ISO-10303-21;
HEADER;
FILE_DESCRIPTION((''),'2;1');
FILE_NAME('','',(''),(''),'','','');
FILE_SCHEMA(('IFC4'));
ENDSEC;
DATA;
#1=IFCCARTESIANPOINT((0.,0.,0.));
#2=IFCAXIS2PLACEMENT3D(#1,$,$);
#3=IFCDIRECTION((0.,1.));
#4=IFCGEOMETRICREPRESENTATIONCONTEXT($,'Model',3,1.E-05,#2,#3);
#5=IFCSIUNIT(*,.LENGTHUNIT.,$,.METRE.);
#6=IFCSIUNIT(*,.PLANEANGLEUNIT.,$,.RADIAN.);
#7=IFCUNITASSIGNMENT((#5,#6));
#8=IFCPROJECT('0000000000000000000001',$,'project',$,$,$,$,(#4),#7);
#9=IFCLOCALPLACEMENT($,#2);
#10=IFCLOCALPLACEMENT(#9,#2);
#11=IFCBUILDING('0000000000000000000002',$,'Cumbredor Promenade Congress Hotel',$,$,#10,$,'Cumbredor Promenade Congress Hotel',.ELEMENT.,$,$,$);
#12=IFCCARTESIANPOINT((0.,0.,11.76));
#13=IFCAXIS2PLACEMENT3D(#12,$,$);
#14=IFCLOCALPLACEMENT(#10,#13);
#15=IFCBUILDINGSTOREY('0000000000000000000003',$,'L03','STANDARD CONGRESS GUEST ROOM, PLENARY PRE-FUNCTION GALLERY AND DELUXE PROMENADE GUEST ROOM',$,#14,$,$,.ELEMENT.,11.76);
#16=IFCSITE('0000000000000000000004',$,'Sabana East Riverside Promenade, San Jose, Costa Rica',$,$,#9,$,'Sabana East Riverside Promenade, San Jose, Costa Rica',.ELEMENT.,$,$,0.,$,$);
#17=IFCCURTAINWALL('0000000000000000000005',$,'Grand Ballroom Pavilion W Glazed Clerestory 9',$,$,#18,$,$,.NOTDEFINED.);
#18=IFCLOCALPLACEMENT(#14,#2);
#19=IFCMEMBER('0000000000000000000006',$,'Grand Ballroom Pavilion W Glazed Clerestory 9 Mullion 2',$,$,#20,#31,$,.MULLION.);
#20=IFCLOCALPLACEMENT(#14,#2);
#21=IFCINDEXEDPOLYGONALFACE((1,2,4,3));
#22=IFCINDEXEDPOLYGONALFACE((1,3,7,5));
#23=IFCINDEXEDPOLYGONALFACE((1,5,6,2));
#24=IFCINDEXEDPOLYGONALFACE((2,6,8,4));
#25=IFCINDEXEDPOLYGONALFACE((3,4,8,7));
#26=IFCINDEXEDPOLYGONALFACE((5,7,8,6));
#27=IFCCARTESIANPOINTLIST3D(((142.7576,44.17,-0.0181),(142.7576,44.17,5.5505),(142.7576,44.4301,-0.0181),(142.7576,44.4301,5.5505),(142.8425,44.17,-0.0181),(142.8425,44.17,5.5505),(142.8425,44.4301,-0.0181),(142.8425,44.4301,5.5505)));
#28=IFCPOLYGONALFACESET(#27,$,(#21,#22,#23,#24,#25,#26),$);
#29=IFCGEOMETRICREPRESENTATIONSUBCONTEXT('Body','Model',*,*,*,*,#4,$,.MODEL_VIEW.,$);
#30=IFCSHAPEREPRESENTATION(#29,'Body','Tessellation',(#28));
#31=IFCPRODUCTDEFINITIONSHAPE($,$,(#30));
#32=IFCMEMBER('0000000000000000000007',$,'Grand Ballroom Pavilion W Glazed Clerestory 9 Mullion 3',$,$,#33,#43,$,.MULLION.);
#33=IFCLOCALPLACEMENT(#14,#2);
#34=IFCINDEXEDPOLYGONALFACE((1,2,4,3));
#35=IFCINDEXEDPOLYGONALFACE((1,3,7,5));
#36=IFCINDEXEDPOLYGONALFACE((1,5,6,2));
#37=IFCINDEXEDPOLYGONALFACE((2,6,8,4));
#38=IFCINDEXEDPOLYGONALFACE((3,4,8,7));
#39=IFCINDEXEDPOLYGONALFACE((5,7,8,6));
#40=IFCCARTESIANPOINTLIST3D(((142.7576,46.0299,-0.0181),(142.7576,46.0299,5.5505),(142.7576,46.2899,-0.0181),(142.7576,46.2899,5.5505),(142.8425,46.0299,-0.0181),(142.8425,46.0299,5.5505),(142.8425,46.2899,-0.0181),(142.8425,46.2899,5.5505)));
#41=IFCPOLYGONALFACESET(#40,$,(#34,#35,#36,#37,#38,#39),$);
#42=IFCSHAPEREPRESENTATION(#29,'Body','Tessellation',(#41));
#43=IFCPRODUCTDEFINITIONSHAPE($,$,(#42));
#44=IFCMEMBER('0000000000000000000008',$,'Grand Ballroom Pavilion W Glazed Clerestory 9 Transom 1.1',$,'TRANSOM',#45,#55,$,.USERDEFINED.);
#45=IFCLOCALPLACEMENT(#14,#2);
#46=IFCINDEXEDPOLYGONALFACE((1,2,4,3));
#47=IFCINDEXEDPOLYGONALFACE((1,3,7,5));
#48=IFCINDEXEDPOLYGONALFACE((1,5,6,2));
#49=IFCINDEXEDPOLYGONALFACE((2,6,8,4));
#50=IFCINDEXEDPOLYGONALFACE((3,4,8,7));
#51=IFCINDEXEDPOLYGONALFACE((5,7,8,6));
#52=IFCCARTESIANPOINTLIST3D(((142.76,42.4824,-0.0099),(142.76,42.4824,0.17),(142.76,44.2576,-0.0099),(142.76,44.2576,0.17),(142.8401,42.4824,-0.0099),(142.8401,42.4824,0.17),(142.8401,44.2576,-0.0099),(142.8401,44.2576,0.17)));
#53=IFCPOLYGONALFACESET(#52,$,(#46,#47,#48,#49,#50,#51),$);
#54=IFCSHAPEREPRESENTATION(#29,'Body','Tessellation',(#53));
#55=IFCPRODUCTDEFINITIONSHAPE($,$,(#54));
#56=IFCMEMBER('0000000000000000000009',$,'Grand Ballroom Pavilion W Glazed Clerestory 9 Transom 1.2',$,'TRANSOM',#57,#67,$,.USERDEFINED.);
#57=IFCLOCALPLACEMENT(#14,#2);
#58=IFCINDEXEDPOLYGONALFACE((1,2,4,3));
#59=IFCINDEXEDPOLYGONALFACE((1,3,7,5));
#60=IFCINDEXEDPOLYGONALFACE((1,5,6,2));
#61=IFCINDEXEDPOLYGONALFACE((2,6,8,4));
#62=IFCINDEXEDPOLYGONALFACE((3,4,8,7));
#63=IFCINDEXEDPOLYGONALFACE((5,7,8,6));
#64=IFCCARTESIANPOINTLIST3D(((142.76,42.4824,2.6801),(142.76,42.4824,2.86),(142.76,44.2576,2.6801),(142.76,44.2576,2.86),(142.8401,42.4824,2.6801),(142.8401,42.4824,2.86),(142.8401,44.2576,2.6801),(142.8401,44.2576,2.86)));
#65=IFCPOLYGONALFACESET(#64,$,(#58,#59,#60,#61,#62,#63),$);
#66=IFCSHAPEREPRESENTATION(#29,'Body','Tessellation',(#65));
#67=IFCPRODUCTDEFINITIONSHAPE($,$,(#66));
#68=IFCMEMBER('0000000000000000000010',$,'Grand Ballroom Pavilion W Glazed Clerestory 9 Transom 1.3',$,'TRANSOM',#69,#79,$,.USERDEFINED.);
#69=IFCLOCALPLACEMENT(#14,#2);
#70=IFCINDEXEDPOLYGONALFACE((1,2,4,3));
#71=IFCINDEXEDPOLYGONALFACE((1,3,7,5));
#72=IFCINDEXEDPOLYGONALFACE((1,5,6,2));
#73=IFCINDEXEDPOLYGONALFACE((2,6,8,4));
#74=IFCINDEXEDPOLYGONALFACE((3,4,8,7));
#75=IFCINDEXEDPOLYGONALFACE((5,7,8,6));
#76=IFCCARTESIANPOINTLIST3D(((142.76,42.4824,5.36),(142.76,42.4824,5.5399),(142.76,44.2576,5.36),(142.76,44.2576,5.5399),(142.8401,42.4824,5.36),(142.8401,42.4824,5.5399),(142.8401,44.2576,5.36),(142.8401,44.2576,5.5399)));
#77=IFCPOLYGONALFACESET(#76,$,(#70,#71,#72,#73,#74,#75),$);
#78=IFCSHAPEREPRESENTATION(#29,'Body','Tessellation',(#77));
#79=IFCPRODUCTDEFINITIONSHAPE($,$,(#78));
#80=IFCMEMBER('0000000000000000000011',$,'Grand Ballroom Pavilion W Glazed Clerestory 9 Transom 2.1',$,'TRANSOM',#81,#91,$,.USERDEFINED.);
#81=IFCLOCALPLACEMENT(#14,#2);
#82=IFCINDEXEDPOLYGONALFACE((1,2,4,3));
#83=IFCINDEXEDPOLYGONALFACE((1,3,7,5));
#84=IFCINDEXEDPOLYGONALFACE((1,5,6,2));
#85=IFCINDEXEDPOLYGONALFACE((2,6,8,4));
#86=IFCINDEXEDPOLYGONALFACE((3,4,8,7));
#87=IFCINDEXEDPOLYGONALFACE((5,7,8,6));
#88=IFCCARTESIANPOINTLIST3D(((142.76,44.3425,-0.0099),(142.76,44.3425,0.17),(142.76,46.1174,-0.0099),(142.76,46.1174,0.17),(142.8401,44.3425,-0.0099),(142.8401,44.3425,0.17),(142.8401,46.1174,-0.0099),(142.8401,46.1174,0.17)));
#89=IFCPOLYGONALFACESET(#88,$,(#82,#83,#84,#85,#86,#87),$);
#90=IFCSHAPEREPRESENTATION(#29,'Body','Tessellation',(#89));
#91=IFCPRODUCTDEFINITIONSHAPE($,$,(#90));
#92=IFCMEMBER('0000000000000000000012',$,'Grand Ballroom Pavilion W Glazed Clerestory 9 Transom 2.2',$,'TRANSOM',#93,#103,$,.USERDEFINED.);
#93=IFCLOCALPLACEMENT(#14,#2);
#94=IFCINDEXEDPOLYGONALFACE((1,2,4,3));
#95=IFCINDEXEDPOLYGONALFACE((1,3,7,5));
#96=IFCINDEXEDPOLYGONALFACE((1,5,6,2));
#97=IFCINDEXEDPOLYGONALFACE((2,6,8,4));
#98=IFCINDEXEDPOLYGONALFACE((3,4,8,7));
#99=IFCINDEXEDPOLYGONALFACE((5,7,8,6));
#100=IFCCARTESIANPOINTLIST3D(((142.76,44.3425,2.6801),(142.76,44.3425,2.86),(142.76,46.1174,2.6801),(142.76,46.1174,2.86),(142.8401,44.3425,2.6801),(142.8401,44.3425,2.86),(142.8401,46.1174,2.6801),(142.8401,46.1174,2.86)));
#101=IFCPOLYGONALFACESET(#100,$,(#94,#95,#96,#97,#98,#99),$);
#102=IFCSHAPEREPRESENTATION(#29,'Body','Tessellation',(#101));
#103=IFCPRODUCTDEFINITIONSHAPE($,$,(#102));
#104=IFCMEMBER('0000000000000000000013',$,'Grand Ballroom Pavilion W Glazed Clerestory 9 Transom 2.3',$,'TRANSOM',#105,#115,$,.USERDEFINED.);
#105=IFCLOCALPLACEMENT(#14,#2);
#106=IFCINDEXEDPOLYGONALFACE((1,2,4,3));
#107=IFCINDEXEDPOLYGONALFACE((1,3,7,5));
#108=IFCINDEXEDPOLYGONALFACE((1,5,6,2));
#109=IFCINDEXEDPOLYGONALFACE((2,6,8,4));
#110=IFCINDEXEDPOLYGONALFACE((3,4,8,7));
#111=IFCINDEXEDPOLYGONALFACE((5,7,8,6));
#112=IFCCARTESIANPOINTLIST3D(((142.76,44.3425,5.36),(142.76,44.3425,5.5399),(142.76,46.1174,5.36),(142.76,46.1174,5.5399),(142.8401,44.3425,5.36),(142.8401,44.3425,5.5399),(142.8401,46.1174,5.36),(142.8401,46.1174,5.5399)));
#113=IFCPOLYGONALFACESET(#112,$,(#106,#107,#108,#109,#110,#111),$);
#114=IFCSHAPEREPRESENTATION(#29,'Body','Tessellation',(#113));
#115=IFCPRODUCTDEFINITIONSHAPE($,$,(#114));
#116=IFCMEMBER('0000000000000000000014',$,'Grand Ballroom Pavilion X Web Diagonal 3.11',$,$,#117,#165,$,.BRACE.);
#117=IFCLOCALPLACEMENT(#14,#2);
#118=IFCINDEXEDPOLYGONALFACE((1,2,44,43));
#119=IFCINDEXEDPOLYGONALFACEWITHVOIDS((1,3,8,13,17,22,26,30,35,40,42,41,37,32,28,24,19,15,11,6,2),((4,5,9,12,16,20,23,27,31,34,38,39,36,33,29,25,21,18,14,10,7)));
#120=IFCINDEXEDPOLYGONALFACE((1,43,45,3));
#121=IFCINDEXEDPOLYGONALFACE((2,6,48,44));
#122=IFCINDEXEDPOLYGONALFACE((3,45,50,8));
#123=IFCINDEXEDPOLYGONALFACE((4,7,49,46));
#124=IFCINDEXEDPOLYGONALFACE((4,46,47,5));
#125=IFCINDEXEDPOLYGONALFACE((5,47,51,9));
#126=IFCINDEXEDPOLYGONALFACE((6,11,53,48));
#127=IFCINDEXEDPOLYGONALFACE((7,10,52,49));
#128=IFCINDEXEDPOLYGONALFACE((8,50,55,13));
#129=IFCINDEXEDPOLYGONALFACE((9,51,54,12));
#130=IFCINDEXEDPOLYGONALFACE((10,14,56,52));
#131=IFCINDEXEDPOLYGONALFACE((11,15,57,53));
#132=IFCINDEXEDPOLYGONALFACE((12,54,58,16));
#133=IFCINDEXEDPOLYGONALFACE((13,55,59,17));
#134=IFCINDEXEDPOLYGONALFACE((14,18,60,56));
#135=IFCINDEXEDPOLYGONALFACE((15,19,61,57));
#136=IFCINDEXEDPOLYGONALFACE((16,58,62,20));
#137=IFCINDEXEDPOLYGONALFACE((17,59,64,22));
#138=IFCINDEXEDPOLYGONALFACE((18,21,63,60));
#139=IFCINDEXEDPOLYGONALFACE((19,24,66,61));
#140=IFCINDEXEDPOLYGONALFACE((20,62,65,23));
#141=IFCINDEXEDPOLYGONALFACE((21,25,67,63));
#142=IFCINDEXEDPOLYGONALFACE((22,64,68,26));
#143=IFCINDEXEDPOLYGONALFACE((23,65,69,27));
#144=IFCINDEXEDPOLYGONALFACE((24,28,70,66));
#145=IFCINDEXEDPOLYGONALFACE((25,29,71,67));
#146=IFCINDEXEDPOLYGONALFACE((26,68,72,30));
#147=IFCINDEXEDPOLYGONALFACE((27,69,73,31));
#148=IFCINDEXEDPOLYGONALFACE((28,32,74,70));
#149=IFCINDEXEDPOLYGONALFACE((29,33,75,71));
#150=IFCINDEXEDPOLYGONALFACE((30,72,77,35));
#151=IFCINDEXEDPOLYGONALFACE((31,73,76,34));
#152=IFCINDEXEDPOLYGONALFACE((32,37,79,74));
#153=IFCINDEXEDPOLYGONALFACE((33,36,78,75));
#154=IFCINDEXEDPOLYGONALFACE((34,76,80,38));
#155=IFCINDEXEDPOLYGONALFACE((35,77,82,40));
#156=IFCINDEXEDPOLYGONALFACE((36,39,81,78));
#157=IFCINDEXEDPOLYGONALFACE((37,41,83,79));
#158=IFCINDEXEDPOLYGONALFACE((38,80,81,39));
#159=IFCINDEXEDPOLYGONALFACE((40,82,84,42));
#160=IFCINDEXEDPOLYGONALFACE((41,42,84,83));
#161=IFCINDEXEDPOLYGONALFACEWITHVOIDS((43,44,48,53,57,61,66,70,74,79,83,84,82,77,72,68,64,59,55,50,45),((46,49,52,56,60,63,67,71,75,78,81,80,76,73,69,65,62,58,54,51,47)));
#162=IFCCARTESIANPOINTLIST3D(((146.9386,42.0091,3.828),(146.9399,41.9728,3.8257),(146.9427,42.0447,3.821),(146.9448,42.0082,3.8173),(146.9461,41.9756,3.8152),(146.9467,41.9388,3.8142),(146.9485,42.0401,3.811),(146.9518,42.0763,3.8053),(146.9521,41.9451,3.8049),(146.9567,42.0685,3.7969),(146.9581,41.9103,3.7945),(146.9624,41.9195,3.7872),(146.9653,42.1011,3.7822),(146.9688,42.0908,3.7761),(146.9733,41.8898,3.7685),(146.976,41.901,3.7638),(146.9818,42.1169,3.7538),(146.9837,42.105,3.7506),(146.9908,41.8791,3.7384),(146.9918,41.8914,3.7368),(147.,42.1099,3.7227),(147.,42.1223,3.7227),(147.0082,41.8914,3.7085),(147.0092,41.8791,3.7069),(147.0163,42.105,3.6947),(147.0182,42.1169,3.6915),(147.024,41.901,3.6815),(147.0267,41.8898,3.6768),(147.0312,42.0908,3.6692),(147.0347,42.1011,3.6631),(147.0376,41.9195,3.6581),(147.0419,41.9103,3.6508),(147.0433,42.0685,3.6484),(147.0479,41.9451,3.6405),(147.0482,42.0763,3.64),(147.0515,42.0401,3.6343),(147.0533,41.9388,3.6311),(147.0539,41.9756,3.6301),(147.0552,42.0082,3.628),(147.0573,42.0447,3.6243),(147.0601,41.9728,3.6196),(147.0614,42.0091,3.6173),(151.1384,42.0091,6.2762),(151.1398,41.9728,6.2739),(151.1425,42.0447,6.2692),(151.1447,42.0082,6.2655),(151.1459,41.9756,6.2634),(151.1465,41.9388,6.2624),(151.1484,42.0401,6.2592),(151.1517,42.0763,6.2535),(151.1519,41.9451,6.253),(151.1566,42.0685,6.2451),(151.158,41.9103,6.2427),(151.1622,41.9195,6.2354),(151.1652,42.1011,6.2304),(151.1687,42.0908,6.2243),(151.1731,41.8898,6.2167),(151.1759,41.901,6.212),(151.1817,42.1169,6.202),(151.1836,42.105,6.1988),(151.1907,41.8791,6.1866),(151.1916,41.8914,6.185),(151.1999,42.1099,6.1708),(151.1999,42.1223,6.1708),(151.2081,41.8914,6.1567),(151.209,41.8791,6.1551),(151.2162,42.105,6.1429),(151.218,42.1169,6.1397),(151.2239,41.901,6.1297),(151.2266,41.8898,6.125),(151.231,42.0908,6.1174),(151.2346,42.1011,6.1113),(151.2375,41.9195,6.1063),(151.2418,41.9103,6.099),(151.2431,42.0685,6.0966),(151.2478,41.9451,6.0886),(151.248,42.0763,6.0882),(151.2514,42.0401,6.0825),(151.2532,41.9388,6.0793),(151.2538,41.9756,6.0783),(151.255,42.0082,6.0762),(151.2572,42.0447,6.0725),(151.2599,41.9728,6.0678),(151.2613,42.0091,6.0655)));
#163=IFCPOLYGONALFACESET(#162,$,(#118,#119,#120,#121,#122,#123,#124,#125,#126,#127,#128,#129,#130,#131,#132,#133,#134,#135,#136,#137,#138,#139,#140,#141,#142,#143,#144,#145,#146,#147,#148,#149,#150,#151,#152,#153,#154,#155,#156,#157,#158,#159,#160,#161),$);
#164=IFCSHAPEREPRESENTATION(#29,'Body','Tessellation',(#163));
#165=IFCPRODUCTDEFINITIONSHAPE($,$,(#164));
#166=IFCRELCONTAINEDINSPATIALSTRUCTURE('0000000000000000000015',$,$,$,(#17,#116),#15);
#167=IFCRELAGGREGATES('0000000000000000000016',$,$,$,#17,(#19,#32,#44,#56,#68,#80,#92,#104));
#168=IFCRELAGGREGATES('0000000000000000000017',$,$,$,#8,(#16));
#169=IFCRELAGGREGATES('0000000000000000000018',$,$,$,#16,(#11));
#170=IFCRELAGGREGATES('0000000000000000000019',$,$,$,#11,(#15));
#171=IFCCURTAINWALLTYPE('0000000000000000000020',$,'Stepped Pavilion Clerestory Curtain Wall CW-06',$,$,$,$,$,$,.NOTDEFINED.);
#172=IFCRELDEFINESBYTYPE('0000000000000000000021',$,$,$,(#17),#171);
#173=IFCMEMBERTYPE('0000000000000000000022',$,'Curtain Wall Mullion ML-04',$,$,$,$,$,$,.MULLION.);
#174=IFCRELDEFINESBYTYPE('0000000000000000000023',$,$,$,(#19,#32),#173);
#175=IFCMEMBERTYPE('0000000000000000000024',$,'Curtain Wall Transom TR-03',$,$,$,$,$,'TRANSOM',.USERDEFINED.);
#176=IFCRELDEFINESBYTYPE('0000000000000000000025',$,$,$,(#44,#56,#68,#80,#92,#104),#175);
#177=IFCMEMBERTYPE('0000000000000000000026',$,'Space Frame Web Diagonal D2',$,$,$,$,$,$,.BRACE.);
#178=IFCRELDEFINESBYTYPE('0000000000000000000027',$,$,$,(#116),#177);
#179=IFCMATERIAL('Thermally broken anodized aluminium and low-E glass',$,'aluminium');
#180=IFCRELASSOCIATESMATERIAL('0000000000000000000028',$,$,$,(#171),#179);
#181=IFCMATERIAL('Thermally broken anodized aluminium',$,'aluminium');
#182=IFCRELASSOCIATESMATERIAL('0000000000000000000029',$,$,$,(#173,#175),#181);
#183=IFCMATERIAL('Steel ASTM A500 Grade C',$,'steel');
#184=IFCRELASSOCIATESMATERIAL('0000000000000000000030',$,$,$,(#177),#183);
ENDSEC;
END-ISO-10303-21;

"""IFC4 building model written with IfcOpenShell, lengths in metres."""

from ifc_helpers import new_model, si_unit, direction, frame, origin, origin_2d, place, context, subcontext, project, spatial, rectangle, hollow_circle, extrude, material, material_profile, profile_set, type_object, element, aggregate, save


model = new_model("IFC4")

# Units and contexts
model_context = context("Model", 3, precision=1e-05, world=origin(), true_north=direction((0.0, 1.0)))
body_context = subcontext(model_context, "Body", "Model", "MODEL_VIEW")
ifc_project = project(units=[si_unit("LENGTHUNIT", "METRE"), si_unit("PLANEANGLEUNIT", "RADIAN")], contexts=[model_context])

# Site, building, storey
site_placement = place(None, origin())
site = spatial("IfcSite", under=ifc_project, at=site_placement, Name="Sabana East Riverside Promenade, San Jose, Costa Rica", LongName="Sabana East Riverside Promenade, San Jose, Costa Rica", CompositionType="ELEMENT", RefElevation=0.0)
building_placement = place(site_placement, origin())
building = spatial("IfcBuilding", under=site, at=building_placement, Name="Cumbredor Promenade Congress Hotel", LongName="Cumbredor Promenade Congress Hotel", CompositionType="ELEMENT")
storey_placement = place(building_placement, frame((0.0, 0.0, 11.76)))
storey = spatial("IfcBuildingStorey", under=building, at=storey_placement, Name="L03", Description="STANDARD CONGRESS GUEST ROOM, PLENARY PRE-FUNCTION GALLERY AND DELUXE PROMENADE GUEST ROOM", CompositionType="ELEMENT", Elevation=11.76)

# Shared definitions
ifc_material_1 = material(Name="Steel ASTM A500 Grade C", Category="steel")

# Shared definitions
ifc_material_2 = material(Name="Thermally broken anodized aluminium and low-E glass", Category="aluminium")
curtain_wall_type = type_object("IfcCurtainWallType", Name="Stepped Pavilion Clerestory Curtain Wall CW-06", PredefinedType="NOTDEFINED", material=ifc_material_2)
ifc_material_3 = material(Name="Thermally broken anodized aluminium", Category="aluminium")
ifc_material_profile_1 = material_profile(ifc_material_3, rectangle(XDim=0.085, YDim=0.26, at=origin_2d()), Name="ALU MULLION CLERESTORY 85x260")
ifc_profile_set_1 = profile_set([ifc_material_profile_1], Name="Thermally broken anodized aluminium")
member_type_1 = type_object("IfcMemberType", Name="Curtain Wall Mullion ML-04", PredefinedType="MULLION", material=ifc_profile_set_1)

# Curtain wall, members
curtain_wall_1_placement = place(storey_placement, origin())
curtain_wall_1 = element("IfcCurtainWall", 1, at=curtain_wall_1_placement, inside=storey, type_object=curtain_wall_type, Name="Grand Ballroom Pavilion W Glazed Clerestory 9", PredefinedType="NOTDEFINED")
member_1_placement = place(storey_placement, frame((142.8, 44.3, -0.0181), z_axis=(0.0, 0.0, 1.0), x_axis=(1.0, 0.0, 0.0)))
member_1 = element("IfcMember", 2, at=member_1_placement, type_object=member_type_1, Name="Grand Ballroom Pavilion W Glazed Clerestory 9 Mullion 2", PredefinedType="MULLION", context=body_context, shape_type="SweptSolid", body=[
    extrude(rectangle(XDim=0.085, YDim=0.26, at=origin_2d()), origin(), (0.0, 0.0, 1.0), 5.5686),
])
member_2_placement = place(storey_placement, frame((142.8, 46.1599, -0.0181), z_axis=(0.0, 0.0, 1.0), x_axis=(1.0, 0.0, 0.0)))
member_2 = element("IfcMember", 3, at=member_2_placement, type_object=member_type_1, Name="Grand Ballroom Pavilion W Glazed Clerestory 9 Mullion 3", PredefinedType="MULLION", context=body_context, shape_type="SweptSolid", body=[
    extrude(rectangle(XDim=0.085, YDim=0.26, at=origin_2d()), origin(), (0.0, 0.0, 1.0), 5.5686),
])
ifc_material_profile_2 = material_profile(ifc_material_3, rectangle(XDim=0.0801, YDim=0.1799, at=origin_2d()), Name="ALU TRANSOM 80x180")
ifc_profile_set_2 = profile_set([ifc_material_profile_2], Name="Thermally broken anodized aluminium")
member_type_2 = type_object("IfcMemberType", Name="Curtain Wall Transom TR-03", ElementType="TRANSOM", PredefinedType="USERDEFINED", material=ifc_profile_set_2)
member_3_placement = place(storey_placement, frame((142.8, 42.4824, 0.0801), z_axis=(0.0, 1.0, 0.0), x_axis=(-1.0, 0.0, 0.0)))
member_3 = element("IfcMember", 4, at=member_3_placement, type_object=member_type_2, Name="Grand Ballroom Pavilion W Glazed Clerestory 9 Transom 1.1", ObjectType="TRANSOM", PredefinedType="USERDEFINED", context=body_context, shape_type="SweptSolid", body=[
    extrude(rectangle(XDim=0.0801, YDim=0.1799, at=origin_2d()), origin(), (0.0, 0.0, 1.0), 1.7751),
])
member_4_placement = place(storey_placement, frame((142.8, 42.4824, 2.77), z_axis=(0.0, 1.0, 0.0), x_axis=(-1.0, 0.0, 0.0)))
member_4 = element("IfcMember", 5, at=member_4_placement, type_object=member_type_2, Name="Grand Ballroom Pavilion W Glazed Clerestory 9 Transom 1.2", ObjectType="TRANSOM", PredefinedType="USERDEFINED", context=body_context, shape_type="SweptSolid", body=[
    extrude(rectangle(XDim=0.0801, YDim=0.1799, at=origin_2d()), origin(), (0.0, 0.0, 1.0), 1.7751),
])
member_5_placement = place(storey_placement, frame((142.8, 42.4824, 5.45), z_axis=(0.0, 1.0, 0.0), x_axis=(-1.0, 0.0, 0.0)))
member_5 = element("IfcMember", 6, at=member_5_placement, type_object=member_type_2, Name="Grand Ballroom Pavilion W Glazed Clerestory 9 Transom 1.3", ObjectType="TRANSOM", PredefinedType="USERDEFINED", context=body_context, shape_type="SweptSolid", body=[
    extrude(rectangle(XDim=0.0801, YDim=0.1799, at=origin_2d()), origin(), (0.0, 0.0, 1.0), 1.7751),
])
member_6_placement = place(storey_placement, frame((142.8, 44.3425, 0.0801), z_axis=(0.0, 1.0, 0.0), x_axis=(-1.0, 0.0, 0.0)))
member_6 = element("IfcMember", 7, at=member_6_placement, type_object=member_type_2, Name="Grand Ballroom Pavilion W Glazed Clerestory 9 Transom 2.1", ObjectType="TRANSOM", PredefinedType="USERDEFINED", context=body_context, shape_type="SweptSolid", body=[
    extrude(rectangle(XDim=0.0801, YDim=0.1799, at=origin_2d()), origin(), (0.0, 0.0, 1.0), 1.7749),
])
member_7_placement = place(storey_placement, frame((142.8, 44.3425, 2.77), z_axis=(0.0, 1.0, 0.0), x_axis=(-1.0, 0.0, 0.0)))
member_7 = element("IfcMember", 8, at=member_7_placement, type_object=member_type_2, Name="Grand Ballroom Pavilion W Glazed Clerestory 9 Transom 2.2", ObjectType="TRANSOM", PredefinedType="USERDEFINED", context=body_context, shape_type="SweptSolid", body=[
    extrude(rectangle(XDim=0.0801, YDim=0.1799, at=origin_2d()), origin(), (0.0, 0.0, 1.0), 1.7749),
])
member_8_placement = place(storey_placement, frame((142.8, 44.3425, 5.45), z_axis=(0.0, 1.0, 0.0), x_axis=(-1.0, 0.0, 0.0)))
member_8 = element("IfcMember", 9, at=member_8_placement, type_object=member_type_2, Name="Grand Ballroom Pavilion W Glazed Clerestory 9 Transom 2.3", ObjectType="TRANSOM", PredefinedType="USERDEFINED", context=body_context, shape_type="SweptSolid", body=[
    extrude(rectangle(XDim=0.0801, YDim=0.1799, at=origin_2d()), origin(), (0.0, 0.0, 1.0), 1.7749),
])

# Member
ifc_material_profile_3 = material_profile(ifc_material_1, hollow_circle(Radius=0.1223, WallThickness=0.0125, at=origin_2d()), Name="CHS 244.5x12.5")
ifc_profile_set_3 = profile_set([ifc_material_profile_3], Name="Steel ASTM A500 Grade C")
member_type_3 = type_object("IfcMemberType", Name="Space Frame Web Diagonal D2", PredefinedType="BRACE", material=ifc_profile_set_3)
member_9_placement = place(storey_placement, frame((147.0, 42.0, 3.7227), z_axis=(0.863934, 0.0, 0.503606), x_axis=(0.0, 1.0, 0.0)))
element("IfcMember", 10, at=member_9_placement, inside=storey, type_object=member_type_3, Name="Grand Ballroom Pavilion X Web Diagonal 3.11", PredefinedType="BRACE", context=body_context, shape_type="SweptSolid", body=[
    extrude(hollow_circle(Radius=0.1223, WallThickness=0.0125, at=origin_2d()), origin(), (0.0, 0.0, 1.0), 4.8613),
])

aggregate(curtain_wall_1, [member_1, member_2, member_3, member_4, member_5, member_6, member_7, member_8])

save(model, "model.ifc")
